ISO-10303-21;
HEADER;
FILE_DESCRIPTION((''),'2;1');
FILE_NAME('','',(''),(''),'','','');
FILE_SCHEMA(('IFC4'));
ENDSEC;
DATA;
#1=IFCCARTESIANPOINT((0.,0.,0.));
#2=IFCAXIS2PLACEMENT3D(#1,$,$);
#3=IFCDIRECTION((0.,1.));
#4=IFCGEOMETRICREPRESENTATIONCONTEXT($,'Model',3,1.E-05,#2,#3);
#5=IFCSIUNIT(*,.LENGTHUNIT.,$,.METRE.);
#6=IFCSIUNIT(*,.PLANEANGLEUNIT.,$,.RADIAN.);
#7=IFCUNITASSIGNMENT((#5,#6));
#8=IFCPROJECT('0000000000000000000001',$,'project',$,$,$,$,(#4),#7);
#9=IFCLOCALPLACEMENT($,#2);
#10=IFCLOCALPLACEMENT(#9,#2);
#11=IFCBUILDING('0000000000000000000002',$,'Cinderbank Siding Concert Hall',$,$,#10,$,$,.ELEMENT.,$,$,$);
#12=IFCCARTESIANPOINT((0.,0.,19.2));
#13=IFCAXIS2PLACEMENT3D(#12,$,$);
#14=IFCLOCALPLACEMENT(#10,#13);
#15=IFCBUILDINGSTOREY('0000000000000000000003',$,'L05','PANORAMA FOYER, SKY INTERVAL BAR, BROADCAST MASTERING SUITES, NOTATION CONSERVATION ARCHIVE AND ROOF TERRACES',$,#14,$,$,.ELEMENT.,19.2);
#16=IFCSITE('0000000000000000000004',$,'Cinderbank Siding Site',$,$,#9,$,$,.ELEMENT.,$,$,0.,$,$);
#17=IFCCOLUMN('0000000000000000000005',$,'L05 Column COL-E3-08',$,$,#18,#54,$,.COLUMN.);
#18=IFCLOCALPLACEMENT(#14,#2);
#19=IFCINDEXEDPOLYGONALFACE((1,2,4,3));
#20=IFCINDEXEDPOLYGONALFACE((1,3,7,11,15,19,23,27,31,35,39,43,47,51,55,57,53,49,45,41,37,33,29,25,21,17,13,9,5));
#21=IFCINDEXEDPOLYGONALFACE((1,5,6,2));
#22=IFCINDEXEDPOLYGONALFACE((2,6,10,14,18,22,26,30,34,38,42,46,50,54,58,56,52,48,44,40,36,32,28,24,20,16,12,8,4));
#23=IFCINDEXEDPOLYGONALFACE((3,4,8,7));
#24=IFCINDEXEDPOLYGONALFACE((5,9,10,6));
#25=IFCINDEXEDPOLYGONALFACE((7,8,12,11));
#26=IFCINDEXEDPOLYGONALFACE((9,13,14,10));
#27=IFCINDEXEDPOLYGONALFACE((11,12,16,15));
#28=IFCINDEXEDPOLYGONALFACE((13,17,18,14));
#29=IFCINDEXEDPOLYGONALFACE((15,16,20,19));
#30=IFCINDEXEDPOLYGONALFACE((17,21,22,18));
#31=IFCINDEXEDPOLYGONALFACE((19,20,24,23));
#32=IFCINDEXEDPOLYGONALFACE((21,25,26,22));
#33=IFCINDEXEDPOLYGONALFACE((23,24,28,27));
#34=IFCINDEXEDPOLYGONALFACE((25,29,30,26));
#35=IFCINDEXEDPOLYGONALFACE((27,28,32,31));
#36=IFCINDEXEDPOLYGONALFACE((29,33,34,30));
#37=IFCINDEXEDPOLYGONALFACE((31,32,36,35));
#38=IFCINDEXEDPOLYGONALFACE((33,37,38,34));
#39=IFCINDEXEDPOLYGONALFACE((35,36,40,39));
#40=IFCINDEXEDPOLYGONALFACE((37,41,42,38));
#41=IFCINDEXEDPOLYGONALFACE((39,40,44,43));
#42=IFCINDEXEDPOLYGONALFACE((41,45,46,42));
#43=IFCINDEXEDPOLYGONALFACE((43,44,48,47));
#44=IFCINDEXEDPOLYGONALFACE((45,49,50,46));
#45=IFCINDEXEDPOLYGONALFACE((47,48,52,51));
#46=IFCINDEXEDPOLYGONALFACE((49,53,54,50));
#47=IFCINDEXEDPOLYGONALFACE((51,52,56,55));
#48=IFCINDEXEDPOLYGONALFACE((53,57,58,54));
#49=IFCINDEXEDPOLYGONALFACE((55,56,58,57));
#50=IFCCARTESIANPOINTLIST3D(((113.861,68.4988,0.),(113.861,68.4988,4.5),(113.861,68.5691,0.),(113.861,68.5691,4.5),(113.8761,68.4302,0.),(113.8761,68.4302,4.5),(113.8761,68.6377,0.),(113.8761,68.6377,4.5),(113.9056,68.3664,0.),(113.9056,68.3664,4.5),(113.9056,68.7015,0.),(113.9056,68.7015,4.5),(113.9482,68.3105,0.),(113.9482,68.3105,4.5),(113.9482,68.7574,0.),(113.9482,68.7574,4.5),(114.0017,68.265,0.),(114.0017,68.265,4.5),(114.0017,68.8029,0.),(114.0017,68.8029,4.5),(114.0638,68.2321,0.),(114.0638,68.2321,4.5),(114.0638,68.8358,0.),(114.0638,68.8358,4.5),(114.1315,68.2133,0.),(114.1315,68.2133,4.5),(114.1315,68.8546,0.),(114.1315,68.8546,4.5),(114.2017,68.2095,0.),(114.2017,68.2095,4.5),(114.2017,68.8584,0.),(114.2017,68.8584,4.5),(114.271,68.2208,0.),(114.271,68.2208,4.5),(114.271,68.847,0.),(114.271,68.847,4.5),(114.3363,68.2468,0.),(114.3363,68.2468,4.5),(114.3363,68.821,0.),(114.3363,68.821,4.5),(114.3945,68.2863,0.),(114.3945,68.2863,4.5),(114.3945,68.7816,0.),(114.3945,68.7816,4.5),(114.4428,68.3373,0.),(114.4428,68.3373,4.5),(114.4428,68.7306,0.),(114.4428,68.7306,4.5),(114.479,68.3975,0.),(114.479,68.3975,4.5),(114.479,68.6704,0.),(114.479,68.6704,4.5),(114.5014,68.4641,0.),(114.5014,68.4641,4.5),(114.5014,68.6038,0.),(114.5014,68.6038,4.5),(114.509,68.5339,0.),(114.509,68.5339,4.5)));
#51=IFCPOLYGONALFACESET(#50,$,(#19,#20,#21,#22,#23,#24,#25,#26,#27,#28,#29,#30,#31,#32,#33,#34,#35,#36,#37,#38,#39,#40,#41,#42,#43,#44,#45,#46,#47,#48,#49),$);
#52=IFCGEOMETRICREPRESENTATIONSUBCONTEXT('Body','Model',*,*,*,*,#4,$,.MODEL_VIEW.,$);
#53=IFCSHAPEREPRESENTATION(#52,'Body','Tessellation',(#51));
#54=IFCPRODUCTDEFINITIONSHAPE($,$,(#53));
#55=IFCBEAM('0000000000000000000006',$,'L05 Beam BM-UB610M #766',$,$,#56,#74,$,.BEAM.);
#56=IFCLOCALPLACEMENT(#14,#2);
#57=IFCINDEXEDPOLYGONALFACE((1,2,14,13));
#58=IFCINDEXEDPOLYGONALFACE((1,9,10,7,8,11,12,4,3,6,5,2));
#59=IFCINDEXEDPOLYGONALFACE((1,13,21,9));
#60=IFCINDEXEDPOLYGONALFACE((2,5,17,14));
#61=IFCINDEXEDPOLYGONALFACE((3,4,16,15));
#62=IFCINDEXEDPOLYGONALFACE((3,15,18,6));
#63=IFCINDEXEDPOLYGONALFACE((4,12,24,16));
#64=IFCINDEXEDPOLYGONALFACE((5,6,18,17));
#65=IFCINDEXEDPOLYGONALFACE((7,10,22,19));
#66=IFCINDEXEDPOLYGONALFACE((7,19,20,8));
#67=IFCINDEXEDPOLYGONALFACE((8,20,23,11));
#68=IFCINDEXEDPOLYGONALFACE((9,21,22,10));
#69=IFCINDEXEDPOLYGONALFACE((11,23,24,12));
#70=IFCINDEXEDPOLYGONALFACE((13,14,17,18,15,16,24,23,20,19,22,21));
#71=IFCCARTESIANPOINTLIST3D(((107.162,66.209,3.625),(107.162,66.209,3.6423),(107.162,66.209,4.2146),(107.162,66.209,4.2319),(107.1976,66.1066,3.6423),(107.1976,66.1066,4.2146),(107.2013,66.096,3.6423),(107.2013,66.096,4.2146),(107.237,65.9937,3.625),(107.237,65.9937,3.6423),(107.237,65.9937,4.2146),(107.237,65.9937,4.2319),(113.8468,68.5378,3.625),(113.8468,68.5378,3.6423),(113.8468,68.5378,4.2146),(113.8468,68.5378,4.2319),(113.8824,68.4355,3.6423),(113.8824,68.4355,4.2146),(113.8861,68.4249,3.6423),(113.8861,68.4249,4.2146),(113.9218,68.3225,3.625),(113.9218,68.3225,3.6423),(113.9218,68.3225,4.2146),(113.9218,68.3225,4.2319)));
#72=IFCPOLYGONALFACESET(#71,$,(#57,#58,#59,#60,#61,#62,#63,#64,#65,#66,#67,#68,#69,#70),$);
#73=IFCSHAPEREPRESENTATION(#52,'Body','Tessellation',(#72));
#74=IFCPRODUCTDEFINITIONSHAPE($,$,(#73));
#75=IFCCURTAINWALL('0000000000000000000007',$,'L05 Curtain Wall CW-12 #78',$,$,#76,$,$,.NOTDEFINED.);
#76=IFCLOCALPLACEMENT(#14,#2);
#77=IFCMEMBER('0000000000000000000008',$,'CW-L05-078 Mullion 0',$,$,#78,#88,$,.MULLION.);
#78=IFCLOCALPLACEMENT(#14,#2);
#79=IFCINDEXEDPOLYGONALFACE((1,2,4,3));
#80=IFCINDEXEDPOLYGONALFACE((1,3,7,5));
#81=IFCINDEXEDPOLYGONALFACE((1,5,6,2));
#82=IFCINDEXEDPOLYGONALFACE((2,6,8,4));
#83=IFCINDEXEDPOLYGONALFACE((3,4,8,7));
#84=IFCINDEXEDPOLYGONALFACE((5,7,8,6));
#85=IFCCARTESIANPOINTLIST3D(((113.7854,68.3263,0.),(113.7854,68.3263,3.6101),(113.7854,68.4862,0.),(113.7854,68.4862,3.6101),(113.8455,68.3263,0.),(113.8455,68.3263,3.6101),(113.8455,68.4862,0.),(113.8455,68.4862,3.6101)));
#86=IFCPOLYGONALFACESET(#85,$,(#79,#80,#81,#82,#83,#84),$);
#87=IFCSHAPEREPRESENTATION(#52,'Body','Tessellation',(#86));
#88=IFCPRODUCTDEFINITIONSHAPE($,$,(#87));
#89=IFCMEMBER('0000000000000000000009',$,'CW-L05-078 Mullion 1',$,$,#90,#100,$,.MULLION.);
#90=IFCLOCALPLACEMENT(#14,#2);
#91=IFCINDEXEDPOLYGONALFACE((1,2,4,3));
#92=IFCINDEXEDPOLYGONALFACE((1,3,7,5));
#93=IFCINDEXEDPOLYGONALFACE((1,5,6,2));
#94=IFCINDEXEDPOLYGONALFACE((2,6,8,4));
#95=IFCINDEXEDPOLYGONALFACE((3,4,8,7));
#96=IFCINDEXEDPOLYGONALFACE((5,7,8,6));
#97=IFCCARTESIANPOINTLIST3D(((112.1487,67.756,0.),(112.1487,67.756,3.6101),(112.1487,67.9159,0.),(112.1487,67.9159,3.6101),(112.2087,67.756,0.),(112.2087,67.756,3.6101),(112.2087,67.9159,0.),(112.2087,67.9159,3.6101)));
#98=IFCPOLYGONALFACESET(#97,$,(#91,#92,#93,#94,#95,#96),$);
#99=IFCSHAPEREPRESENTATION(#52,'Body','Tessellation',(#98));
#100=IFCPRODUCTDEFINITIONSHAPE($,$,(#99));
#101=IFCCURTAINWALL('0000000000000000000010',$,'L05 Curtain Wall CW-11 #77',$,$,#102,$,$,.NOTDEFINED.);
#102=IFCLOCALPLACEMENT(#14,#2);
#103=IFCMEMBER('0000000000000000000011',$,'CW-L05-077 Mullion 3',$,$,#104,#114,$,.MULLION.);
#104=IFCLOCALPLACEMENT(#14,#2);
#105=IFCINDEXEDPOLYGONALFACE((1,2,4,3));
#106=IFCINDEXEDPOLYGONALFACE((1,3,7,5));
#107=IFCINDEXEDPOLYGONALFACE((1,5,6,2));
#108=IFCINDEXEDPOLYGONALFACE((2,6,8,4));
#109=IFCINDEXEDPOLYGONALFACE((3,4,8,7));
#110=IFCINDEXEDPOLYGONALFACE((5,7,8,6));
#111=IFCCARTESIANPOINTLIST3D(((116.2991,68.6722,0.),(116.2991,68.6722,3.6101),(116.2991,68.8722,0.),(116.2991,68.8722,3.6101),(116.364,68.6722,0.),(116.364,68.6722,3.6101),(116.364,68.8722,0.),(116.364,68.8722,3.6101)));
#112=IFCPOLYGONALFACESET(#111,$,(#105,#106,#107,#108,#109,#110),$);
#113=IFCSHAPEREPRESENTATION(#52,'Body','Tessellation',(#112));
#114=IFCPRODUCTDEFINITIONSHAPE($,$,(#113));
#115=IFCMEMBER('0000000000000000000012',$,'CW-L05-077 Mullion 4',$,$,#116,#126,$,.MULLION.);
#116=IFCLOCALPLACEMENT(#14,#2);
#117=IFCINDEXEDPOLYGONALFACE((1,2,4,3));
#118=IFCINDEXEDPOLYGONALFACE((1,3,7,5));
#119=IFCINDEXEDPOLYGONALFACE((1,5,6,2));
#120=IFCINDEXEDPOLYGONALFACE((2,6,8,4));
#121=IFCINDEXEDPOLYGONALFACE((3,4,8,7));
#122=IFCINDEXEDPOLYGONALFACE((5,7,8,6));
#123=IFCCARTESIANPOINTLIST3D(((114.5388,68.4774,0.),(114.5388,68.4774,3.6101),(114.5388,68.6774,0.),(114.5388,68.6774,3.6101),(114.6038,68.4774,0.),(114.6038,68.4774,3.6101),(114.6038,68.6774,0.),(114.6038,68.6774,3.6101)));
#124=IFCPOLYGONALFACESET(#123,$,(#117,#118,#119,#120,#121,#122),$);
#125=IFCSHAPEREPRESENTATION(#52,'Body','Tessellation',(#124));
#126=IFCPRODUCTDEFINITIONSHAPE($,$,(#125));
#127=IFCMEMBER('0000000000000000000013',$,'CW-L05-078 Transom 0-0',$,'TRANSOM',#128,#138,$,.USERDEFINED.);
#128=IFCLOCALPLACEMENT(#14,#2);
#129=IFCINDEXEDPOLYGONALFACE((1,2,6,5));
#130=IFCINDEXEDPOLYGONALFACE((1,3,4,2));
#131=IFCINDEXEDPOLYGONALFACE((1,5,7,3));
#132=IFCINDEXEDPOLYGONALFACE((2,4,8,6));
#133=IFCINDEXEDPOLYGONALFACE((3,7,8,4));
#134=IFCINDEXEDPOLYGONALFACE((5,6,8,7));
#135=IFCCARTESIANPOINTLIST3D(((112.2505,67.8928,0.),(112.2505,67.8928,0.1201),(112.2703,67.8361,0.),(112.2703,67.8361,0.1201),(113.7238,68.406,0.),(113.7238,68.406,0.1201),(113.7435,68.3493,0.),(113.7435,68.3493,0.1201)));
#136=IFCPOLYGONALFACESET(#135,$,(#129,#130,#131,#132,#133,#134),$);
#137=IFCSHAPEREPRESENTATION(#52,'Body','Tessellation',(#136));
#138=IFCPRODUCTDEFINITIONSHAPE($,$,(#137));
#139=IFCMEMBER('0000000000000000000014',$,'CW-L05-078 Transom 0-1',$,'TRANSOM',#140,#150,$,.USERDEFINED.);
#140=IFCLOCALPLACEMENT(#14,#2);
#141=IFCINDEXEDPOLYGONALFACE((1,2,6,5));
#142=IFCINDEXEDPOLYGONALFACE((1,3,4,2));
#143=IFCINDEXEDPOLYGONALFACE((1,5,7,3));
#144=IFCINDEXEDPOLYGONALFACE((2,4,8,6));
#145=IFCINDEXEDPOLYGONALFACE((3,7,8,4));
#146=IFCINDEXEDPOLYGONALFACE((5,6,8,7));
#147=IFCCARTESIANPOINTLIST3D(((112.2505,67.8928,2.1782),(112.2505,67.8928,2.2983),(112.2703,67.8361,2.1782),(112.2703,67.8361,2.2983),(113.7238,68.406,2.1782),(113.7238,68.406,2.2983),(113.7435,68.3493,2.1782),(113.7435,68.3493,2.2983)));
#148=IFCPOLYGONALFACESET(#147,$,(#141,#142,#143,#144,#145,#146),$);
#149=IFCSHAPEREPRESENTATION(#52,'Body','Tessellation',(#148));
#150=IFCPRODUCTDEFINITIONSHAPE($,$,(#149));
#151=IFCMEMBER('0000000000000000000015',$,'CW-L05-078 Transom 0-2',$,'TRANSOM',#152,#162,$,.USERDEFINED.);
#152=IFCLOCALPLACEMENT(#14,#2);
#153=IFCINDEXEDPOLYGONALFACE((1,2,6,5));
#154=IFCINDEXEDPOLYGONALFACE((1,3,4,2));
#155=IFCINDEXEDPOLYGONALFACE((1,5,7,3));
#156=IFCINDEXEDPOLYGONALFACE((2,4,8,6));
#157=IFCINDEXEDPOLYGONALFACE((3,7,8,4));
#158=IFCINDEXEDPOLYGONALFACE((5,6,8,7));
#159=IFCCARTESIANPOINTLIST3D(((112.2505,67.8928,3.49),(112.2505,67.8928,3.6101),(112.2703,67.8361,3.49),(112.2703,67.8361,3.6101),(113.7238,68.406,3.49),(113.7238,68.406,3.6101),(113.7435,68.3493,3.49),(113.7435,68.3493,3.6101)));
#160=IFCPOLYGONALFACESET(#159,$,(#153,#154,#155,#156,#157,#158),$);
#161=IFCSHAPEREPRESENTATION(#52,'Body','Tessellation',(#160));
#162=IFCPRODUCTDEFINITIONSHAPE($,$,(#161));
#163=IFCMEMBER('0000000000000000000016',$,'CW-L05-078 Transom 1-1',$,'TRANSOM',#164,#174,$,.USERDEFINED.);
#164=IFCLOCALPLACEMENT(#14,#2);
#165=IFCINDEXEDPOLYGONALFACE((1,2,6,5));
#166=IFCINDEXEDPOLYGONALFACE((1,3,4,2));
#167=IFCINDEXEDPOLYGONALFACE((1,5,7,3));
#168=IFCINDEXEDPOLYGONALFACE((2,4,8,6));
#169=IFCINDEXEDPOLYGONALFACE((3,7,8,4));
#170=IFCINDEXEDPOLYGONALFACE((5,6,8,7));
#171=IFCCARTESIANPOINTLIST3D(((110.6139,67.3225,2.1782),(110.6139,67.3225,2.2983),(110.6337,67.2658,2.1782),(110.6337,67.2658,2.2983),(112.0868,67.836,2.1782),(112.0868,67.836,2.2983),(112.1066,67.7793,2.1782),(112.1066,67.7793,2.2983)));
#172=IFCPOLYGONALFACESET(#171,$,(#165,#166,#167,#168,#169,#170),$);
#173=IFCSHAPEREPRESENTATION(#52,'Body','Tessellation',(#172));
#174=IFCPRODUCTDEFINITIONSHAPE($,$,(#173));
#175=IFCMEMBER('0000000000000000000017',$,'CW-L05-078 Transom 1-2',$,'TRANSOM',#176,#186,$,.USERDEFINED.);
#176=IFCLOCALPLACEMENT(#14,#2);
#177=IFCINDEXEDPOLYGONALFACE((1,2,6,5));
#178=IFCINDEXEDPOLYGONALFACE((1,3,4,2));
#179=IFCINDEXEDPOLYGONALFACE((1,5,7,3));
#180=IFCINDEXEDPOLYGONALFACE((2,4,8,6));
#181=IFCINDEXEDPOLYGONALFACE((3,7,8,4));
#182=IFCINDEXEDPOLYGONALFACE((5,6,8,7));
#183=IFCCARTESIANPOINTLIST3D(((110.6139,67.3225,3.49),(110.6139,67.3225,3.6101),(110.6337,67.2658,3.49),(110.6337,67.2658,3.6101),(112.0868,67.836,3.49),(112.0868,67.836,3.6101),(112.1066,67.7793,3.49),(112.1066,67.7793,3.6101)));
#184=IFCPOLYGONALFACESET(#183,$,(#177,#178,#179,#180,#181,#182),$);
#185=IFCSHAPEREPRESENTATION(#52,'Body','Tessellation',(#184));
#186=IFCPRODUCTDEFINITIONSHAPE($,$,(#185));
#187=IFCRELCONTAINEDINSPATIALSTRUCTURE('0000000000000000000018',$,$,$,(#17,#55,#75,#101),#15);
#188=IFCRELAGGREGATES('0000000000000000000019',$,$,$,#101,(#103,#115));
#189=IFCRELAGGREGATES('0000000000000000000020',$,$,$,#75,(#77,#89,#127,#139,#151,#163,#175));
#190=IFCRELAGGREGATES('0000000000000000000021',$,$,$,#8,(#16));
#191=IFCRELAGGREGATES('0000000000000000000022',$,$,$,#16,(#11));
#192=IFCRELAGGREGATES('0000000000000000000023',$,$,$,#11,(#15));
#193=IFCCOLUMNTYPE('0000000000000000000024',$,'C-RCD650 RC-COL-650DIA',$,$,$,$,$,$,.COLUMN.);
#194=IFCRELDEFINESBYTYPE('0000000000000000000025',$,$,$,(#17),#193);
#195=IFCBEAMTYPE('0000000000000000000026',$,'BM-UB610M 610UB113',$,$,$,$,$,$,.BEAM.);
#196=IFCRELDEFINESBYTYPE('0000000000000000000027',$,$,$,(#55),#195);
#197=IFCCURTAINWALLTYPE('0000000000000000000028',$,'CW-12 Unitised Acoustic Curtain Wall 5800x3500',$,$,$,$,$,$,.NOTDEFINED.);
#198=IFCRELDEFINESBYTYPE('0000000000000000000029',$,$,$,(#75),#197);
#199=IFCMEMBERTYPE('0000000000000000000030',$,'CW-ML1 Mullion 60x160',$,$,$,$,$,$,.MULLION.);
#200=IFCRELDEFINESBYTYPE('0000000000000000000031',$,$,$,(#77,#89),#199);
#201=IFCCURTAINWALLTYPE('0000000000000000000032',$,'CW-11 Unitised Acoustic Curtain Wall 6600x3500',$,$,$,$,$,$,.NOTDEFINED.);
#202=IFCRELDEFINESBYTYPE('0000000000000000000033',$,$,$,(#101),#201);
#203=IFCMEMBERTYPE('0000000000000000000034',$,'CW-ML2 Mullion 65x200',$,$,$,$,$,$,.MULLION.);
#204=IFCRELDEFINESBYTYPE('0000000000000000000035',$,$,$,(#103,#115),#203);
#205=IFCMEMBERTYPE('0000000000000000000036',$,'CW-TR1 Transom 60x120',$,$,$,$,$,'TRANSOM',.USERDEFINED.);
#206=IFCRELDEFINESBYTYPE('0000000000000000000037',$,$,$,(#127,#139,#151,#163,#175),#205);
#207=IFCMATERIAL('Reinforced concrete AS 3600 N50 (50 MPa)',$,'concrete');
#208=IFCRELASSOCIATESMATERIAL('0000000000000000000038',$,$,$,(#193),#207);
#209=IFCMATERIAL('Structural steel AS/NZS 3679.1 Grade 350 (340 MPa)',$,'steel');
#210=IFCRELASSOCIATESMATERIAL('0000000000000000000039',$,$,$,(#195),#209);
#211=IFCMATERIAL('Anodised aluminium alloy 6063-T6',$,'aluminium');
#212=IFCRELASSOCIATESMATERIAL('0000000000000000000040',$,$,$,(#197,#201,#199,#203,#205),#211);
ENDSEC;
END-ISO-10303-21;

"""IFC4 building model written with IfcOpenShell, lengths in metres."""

from ifc_helpers import new_model, si_unit, direction, frame, origin, origin_2d, place, context, subcontext, project, spatial, rectangle, circle, i_section, extrude, material, material_profile, profile_set, type_object, element, aggregate, save


model = new_model("IFC4")

# Units and contexts
model_context = context("Model", 3, precision=1e-05, world=origin(), true_north=direction((0.0, 1.0)))
body_context = subcontext(model_context, "Body", "Model", "MODEL_VIEW")
ifc_project = project(units=[si_unit("LENGTHUNIT", "METRE"), si_unit("PLANEANGLEUNIT", "RADIAN")], contexts=[model_context])

# Site, building, storey
site_placement = place(None, origin())
site = spatial("IfcSite", under=ifc_project, at=site_placement, Name="Cinderbank Siding Site", CompositionType="ELEMENT", RefElevation=0.0)
building_placement = place(site_placement, origin())
building = spatial("IfcBuilding", under=site, at=building_placement, Name="Cinderbank Siding Concert Hall", CompositionType="ELEMENT")
storey_placement = place(building_placement, frame((0.0, 0.0, 19.2)))
storey = spatial("IfcBuildingStorey", under=building, at=storey_placement, Name="L05", Description="PANORAMA FOYER, SKY INTERVAL BAR, BROADCAST MASTERING SUITES, NOTATION CONSERVATION ARCHIVE AND ROOF TERRACES", CompositionType="ELEMENT", Elevation=19.2)

# Column
ifc_material_1 = material(Name="Reinforced concrete AS 3600 N50 (50 MPa)", Category="concrete")
ifc_material_profile_1 = material_profile(ifc_material_1, circle(Radius=0.325, at=origin_2d()), Name="RC-COL-650DIA", Category="LoadBearing")
ifc_profile_set_1 = profile_set([ifc_material_profile_1], Name="Reinforced concrete AS 3600 N50 (50 MPa)")
column_type = type_object("IfcColumnType", Name="C-RCD650 RC-COL-650DIA", PredefinedType="COLUMN", material=ifc_profile_set_1)
column_placement = place(storey_placement, frame((114.1841, 68.5339, 0.0), z_axis=(0.0, 0.0, 1.0), x_axis=(1.0, 0.0, 0.0)))
element("IfcColumn", 1, at=column_placement, inside=storey, type_object=column_type, Name="L05 Column COL-E3-08", PredefinedType="COLUMN", context=body_context, shape_type="SweptSolid", body=[
    extrude(circle(Radius=0.325, at=origin_2d()), origin(), (0.0, 0.0, 1.0), 4.5),
])

# Beam
ifc_material_2 = material(Name="Structural steel AS/NZS 3679.1 Grade 350 (340 MPa)", Category="steel")
ifc_material_profile_2 = material_profile(ifc_material_2, i_section(OverallWidth=0.228, OverallDepth=0.6069, WebThickness=0.0112, FlangeThickness=0.0173, at=origin_2d()), Name="610UB113", Category="LoadBearing")
ifc_profile_set_2 = profile_set([ifc_material_profile_2], Name="Structural steel AS/NZS 3679.1 Grade 350 (340 MPa)")
beam_type = type_object("IfcBeamType", Name="BM-UB610M 610UB113", PredefinedType="BEAM", material=ifc_profile_set_2)
beam_placement = place(storey_placement, frame((113.8843, 68.4302, 3.9285), z_axis=(-0.944334, -0.328987, 0.0), x_axis=(0.328987, -0.944334, 0.0)))
element("IfcBeam", 2, at=beam_placement, inside=storey, type_object=beam_type, Name="L05 Beam BM-UB610M #766", PredefinedType="BEAM", context=body_context, shape_type="SweptSolid", body=[
    extrude(i_section(OverallWidth=0.228, OverallDepth=0.6069, WebThickness=0.0112, FlangeThickness=0.0173, at=origin_2d()), origin(), (0.0, 0.0, 1.0), 7.0789),
])

# Curtain walls, members
ifc_material_3 = material(Name="Anodised aluminium alloy 6063-T6", Category="aluminium")
curtain_wall_type_1 = type_object("IfcCurtainWallType", Name="CW-12 Unitised Acoustic Curtain Wall 5800x3500", PredefinedType="NOTDEFINED", material=ifc_material_3)
curtain_wall_1_placement = place(storey_placement, origin())
curtain_wall_1 = element("IfcCurtainWall", 3, at=curtain_wall_1_placement, inside=storey, type_object=curtain_wall_type_1, Name="L05 Curtain Wall CW-12 #78", PredefinedType="NOTDEFINED")
ifc_material_profile_3 = material_profile(ifc_material_3, rectangle(XDim=0.0601, YDim=0.1599, at=origin_2d()), Name="ALU-MULL-60x160", Category="LoadBearing")
ifc_profile_set_3 = profile_set([ifc_material_profile_3], Name="Anodised aluminium alloy 6063-T6")
member_type_1 = type_object("IfcMemberType", Name="CW-ML1 Mullion 60x160", PredefinedType="MULLION", material=ifc_profile_set_3)
member_1_placement = place(storey_placement, frame((113.8154, 68.4062, 0.0), z_axis=(0.0, 0.0, 1.0), x_axis=(1.0, 0.0, 0.0)))
member_1 = element("IfcMember", 4, at=member_1_placement, type_object=member_type_1, Name="CW-L05-078 Mullion 0", PredefinedType="MULLION", context=body_context, shape_type="SweptSolid", body=[
    extrude(rectangle(XDim=0.0601, YDim=0.1599, at=origin_2d()), origin(), (0.0, 0.0, 1.0), 3.6101),
])
member_2_placement = place(storey_placement, frame((112.1787, 67.8359, 0.0), z_axis=(0.0, 0.0, 1.0), x_axis=(1.0, 0.0, 0.0)))
member_2 = element("IfcMember", 5, at=member_2_placement, type_object=member_type_1, Name="CW-L05-078 Mullion 1", PredefinedType="MULLION", context=body_context, shape_type="SweptSolid", body=[
    extrude(rectangle(XDim=0.0601, YDim=0.1599, at=origin_2d()), origin(), (0.0, 0.0, 1.0), 3.6101),
])
curtain_wall_type_2 = type_object("IfcCurtainWallType", Name="CW-11 Unitised Acoustic Curtain Wall 6600x3500", PredefinedType="NOTDEFINED", material=ifc_material_3)
curtain_wall_2_placement = place(storey_placement, origin())
curtain_wall_2 = element("IfcCurtainWall", 6, at=curtain_wall_2_placement, inside=storey, type_object=curtain_wall_type_2, Name="L05 Curtain Wall CW-11 #77", PredefinedType="NOTDEFINED")
ifc_material_profile_4 = material_profile(ifc_material_3, rectangle(XDim=0.0649, YDim=0.2, at=origin_2d()), Name="ALU-MULL-65x200", Category="LoadBearing")
ifc_profile_set_4 = profile_set([ifc_material_profile_4], Name="Anodised aluminium alloy 6063-T6")
member_type_2 = type_object("IfcMemberType", Name="CW-ML2 Mullion 65x200", PredefinedType="MULLION", material=ifc_profile_set_4)
member_3_placement = place(storey_placement, frame((116.3315, 68.7722, 0.0), z_axis=(0.0, 0.0, 1.0), x_axis=(1.0, 0.0, 0.0)))
member_3 = element("IfcMember", 7, at=member_3_placement, type_object=member_type_2, Name="CW-L05-077 Mullion 3", PredefinedType="MULLION", context=body_context, shape_type="SweptSolid", body=[
    extrude(rectangle(XDim=0.0649, YDim=0.2, at=origin_2d()), origin(), (0.0, 0.0, 1.0), 3.6101),
])
member_4_placement = place(storey_placement, frame((114.5713, 68.5774, 0.0), z_axis=(0.0, 0.0, 1.0), x_axis=(1.0, 0.0, 0.0)))
member_4 = element("IfcMember", 8, at=member_4_placement, type_object=member_type_2, Name="CW-L05-077 Mullion 4", PredefinedType="MULLION", context=body_context, shape_type="SweptSolid", body=[
    extrude(rectangle(XDim=0.0649, YDim=0.2, at=origin_2d()), origin(), (0.0, 0.0, 1.0), 3.6101),
])

# Members
ifc_material_profile_5 = material_profile(ifc_material_3, rectangle(XDim=0.0601, YDim=0.1201, at=origin_2d()), Name="ALU-TRAN-60x120", Category="LoadBearing")
ifc_profile_set_5 = profile_set([ifc_material_profile_5], Name="Anodised aluminium alloy 6063-T6")
member_type_3 = type_object("IfcMemberType", Name="CW-TR1 Transom 60x120", ElementType="TRANSOM", PredefinedType="USERDEFINED", material=ifc_profile_set_5)
member_5_placement = place(storey_placement, frame((113.7336, 68.3777, 0.0601), z_axis=(-0.94434, -0.32897, 0.0), x_axis=(0.32897, -0.94434, 0.0)))
member_5 = element("IfcMember", 9, at=member_5_placement, type_object=member_type_3, Name="CW-L05-078 Transom 0-0", ObjectType="TRANSOM", PredefinedType="USERDEFINED", context=body_context, shape_type="SweptSolid", body=[
    extrude(rectangle(XDim=0.0601, YDim=0.1201, at=origin_2d()), origin(), (0.0, 0.0, 1.0), 1.5601),
])
member_6_placement = place(storey_placement, frame((113.7336, 68.3777, 2.2383), z_axis=(-0.94434, -0.32897, 0.0), x_axis=(0.32897, -0.94434, 0.0)))
member_6 = element("IfcMember", 10, at=member_6_placement, type_object=member_type_3, Name="CW-L05-078 Transom 0-1", ObjectType="TRANSOM", PredefinedType="USERDEFINED", context=body_context, shape_type="SweptSolid", body=[
    extrude(rectangle(XDim=0.0601, YDim=0.1201, at=origin_2d()), origin(), (0.0, 0.0, 1.0), 1.5601),
])
member_7_placement = place(storey_placement, frame((113.7336, 68.3777, 3.55), z_axis=(-0.94434, -0.32897, 0.0), x_axis=(0.32897, -0.94434, 0.0)))
member_7 = element("IfcMember", 11, at=member_7_placement, type_object=member_type_3, Name="CW-L05-078 Transom 0-2", ObjectType="TRANSOM", PredefinedType="USERDEFINED", context=body_context, shape_type="SweptSolid", body=[
    extrude(rectangle(XDim=0.0601, YDim=0.1201, at=origin_2d()), origin(), (0.0, 0.0, 1.0), 1.5601),
])
member_8_placement = place(storey_placement, frame((112.0967, 67.8076, 2.2383), z_axis=(-0.944275, -0.329158, 0.0), x_axis=(0.329158, -0.944275, 0.0)))
member_8 = element("IfcMember", 12, at=member_8_placement, type_object=member_type_3, Name="CW-L05-078 Transom 1-1", ObjectType="TRANSOM", PredefinedType="USERDEFINED", context=body_context, shape_type="SweptSolid", body=[
    extrude(rectangle(XDim=0.0601, YDim=0.1201, at=origin_2d()), origin(), (0.0, 0.0, 1.0), 1.5598),
])
member_9_placement = place(storey_placement, frame((112.0967, 67.8076, 3.55), z_axis=(-0.944275, -0.329158, 0.0), x_axis=(0.329158, -0.944275, 0.0)))
member_9 = element("IfcMember", 13, at=member_9_placement, type_object=member_type_3, Name="CW-L05-078 Transom 1-2", ObjectType="TRANSOM", PredefinedType="USERDEFINED", context=body_context, shape_type="SweptSolid", body=[
    extrude(rectangle(XDim=0.0601, YDim=0.1201, at=origin_2d()), origin(), (0.0, 0.0, 1.0), 1.5598),
])

aggregate(curtain_wall_2, [member_3, member_4])
aggregate(curtain_wall_1, [member_1, member_2, member_5, member_6, member_7, member_8, member_9])

save(model, "model.ifc")
